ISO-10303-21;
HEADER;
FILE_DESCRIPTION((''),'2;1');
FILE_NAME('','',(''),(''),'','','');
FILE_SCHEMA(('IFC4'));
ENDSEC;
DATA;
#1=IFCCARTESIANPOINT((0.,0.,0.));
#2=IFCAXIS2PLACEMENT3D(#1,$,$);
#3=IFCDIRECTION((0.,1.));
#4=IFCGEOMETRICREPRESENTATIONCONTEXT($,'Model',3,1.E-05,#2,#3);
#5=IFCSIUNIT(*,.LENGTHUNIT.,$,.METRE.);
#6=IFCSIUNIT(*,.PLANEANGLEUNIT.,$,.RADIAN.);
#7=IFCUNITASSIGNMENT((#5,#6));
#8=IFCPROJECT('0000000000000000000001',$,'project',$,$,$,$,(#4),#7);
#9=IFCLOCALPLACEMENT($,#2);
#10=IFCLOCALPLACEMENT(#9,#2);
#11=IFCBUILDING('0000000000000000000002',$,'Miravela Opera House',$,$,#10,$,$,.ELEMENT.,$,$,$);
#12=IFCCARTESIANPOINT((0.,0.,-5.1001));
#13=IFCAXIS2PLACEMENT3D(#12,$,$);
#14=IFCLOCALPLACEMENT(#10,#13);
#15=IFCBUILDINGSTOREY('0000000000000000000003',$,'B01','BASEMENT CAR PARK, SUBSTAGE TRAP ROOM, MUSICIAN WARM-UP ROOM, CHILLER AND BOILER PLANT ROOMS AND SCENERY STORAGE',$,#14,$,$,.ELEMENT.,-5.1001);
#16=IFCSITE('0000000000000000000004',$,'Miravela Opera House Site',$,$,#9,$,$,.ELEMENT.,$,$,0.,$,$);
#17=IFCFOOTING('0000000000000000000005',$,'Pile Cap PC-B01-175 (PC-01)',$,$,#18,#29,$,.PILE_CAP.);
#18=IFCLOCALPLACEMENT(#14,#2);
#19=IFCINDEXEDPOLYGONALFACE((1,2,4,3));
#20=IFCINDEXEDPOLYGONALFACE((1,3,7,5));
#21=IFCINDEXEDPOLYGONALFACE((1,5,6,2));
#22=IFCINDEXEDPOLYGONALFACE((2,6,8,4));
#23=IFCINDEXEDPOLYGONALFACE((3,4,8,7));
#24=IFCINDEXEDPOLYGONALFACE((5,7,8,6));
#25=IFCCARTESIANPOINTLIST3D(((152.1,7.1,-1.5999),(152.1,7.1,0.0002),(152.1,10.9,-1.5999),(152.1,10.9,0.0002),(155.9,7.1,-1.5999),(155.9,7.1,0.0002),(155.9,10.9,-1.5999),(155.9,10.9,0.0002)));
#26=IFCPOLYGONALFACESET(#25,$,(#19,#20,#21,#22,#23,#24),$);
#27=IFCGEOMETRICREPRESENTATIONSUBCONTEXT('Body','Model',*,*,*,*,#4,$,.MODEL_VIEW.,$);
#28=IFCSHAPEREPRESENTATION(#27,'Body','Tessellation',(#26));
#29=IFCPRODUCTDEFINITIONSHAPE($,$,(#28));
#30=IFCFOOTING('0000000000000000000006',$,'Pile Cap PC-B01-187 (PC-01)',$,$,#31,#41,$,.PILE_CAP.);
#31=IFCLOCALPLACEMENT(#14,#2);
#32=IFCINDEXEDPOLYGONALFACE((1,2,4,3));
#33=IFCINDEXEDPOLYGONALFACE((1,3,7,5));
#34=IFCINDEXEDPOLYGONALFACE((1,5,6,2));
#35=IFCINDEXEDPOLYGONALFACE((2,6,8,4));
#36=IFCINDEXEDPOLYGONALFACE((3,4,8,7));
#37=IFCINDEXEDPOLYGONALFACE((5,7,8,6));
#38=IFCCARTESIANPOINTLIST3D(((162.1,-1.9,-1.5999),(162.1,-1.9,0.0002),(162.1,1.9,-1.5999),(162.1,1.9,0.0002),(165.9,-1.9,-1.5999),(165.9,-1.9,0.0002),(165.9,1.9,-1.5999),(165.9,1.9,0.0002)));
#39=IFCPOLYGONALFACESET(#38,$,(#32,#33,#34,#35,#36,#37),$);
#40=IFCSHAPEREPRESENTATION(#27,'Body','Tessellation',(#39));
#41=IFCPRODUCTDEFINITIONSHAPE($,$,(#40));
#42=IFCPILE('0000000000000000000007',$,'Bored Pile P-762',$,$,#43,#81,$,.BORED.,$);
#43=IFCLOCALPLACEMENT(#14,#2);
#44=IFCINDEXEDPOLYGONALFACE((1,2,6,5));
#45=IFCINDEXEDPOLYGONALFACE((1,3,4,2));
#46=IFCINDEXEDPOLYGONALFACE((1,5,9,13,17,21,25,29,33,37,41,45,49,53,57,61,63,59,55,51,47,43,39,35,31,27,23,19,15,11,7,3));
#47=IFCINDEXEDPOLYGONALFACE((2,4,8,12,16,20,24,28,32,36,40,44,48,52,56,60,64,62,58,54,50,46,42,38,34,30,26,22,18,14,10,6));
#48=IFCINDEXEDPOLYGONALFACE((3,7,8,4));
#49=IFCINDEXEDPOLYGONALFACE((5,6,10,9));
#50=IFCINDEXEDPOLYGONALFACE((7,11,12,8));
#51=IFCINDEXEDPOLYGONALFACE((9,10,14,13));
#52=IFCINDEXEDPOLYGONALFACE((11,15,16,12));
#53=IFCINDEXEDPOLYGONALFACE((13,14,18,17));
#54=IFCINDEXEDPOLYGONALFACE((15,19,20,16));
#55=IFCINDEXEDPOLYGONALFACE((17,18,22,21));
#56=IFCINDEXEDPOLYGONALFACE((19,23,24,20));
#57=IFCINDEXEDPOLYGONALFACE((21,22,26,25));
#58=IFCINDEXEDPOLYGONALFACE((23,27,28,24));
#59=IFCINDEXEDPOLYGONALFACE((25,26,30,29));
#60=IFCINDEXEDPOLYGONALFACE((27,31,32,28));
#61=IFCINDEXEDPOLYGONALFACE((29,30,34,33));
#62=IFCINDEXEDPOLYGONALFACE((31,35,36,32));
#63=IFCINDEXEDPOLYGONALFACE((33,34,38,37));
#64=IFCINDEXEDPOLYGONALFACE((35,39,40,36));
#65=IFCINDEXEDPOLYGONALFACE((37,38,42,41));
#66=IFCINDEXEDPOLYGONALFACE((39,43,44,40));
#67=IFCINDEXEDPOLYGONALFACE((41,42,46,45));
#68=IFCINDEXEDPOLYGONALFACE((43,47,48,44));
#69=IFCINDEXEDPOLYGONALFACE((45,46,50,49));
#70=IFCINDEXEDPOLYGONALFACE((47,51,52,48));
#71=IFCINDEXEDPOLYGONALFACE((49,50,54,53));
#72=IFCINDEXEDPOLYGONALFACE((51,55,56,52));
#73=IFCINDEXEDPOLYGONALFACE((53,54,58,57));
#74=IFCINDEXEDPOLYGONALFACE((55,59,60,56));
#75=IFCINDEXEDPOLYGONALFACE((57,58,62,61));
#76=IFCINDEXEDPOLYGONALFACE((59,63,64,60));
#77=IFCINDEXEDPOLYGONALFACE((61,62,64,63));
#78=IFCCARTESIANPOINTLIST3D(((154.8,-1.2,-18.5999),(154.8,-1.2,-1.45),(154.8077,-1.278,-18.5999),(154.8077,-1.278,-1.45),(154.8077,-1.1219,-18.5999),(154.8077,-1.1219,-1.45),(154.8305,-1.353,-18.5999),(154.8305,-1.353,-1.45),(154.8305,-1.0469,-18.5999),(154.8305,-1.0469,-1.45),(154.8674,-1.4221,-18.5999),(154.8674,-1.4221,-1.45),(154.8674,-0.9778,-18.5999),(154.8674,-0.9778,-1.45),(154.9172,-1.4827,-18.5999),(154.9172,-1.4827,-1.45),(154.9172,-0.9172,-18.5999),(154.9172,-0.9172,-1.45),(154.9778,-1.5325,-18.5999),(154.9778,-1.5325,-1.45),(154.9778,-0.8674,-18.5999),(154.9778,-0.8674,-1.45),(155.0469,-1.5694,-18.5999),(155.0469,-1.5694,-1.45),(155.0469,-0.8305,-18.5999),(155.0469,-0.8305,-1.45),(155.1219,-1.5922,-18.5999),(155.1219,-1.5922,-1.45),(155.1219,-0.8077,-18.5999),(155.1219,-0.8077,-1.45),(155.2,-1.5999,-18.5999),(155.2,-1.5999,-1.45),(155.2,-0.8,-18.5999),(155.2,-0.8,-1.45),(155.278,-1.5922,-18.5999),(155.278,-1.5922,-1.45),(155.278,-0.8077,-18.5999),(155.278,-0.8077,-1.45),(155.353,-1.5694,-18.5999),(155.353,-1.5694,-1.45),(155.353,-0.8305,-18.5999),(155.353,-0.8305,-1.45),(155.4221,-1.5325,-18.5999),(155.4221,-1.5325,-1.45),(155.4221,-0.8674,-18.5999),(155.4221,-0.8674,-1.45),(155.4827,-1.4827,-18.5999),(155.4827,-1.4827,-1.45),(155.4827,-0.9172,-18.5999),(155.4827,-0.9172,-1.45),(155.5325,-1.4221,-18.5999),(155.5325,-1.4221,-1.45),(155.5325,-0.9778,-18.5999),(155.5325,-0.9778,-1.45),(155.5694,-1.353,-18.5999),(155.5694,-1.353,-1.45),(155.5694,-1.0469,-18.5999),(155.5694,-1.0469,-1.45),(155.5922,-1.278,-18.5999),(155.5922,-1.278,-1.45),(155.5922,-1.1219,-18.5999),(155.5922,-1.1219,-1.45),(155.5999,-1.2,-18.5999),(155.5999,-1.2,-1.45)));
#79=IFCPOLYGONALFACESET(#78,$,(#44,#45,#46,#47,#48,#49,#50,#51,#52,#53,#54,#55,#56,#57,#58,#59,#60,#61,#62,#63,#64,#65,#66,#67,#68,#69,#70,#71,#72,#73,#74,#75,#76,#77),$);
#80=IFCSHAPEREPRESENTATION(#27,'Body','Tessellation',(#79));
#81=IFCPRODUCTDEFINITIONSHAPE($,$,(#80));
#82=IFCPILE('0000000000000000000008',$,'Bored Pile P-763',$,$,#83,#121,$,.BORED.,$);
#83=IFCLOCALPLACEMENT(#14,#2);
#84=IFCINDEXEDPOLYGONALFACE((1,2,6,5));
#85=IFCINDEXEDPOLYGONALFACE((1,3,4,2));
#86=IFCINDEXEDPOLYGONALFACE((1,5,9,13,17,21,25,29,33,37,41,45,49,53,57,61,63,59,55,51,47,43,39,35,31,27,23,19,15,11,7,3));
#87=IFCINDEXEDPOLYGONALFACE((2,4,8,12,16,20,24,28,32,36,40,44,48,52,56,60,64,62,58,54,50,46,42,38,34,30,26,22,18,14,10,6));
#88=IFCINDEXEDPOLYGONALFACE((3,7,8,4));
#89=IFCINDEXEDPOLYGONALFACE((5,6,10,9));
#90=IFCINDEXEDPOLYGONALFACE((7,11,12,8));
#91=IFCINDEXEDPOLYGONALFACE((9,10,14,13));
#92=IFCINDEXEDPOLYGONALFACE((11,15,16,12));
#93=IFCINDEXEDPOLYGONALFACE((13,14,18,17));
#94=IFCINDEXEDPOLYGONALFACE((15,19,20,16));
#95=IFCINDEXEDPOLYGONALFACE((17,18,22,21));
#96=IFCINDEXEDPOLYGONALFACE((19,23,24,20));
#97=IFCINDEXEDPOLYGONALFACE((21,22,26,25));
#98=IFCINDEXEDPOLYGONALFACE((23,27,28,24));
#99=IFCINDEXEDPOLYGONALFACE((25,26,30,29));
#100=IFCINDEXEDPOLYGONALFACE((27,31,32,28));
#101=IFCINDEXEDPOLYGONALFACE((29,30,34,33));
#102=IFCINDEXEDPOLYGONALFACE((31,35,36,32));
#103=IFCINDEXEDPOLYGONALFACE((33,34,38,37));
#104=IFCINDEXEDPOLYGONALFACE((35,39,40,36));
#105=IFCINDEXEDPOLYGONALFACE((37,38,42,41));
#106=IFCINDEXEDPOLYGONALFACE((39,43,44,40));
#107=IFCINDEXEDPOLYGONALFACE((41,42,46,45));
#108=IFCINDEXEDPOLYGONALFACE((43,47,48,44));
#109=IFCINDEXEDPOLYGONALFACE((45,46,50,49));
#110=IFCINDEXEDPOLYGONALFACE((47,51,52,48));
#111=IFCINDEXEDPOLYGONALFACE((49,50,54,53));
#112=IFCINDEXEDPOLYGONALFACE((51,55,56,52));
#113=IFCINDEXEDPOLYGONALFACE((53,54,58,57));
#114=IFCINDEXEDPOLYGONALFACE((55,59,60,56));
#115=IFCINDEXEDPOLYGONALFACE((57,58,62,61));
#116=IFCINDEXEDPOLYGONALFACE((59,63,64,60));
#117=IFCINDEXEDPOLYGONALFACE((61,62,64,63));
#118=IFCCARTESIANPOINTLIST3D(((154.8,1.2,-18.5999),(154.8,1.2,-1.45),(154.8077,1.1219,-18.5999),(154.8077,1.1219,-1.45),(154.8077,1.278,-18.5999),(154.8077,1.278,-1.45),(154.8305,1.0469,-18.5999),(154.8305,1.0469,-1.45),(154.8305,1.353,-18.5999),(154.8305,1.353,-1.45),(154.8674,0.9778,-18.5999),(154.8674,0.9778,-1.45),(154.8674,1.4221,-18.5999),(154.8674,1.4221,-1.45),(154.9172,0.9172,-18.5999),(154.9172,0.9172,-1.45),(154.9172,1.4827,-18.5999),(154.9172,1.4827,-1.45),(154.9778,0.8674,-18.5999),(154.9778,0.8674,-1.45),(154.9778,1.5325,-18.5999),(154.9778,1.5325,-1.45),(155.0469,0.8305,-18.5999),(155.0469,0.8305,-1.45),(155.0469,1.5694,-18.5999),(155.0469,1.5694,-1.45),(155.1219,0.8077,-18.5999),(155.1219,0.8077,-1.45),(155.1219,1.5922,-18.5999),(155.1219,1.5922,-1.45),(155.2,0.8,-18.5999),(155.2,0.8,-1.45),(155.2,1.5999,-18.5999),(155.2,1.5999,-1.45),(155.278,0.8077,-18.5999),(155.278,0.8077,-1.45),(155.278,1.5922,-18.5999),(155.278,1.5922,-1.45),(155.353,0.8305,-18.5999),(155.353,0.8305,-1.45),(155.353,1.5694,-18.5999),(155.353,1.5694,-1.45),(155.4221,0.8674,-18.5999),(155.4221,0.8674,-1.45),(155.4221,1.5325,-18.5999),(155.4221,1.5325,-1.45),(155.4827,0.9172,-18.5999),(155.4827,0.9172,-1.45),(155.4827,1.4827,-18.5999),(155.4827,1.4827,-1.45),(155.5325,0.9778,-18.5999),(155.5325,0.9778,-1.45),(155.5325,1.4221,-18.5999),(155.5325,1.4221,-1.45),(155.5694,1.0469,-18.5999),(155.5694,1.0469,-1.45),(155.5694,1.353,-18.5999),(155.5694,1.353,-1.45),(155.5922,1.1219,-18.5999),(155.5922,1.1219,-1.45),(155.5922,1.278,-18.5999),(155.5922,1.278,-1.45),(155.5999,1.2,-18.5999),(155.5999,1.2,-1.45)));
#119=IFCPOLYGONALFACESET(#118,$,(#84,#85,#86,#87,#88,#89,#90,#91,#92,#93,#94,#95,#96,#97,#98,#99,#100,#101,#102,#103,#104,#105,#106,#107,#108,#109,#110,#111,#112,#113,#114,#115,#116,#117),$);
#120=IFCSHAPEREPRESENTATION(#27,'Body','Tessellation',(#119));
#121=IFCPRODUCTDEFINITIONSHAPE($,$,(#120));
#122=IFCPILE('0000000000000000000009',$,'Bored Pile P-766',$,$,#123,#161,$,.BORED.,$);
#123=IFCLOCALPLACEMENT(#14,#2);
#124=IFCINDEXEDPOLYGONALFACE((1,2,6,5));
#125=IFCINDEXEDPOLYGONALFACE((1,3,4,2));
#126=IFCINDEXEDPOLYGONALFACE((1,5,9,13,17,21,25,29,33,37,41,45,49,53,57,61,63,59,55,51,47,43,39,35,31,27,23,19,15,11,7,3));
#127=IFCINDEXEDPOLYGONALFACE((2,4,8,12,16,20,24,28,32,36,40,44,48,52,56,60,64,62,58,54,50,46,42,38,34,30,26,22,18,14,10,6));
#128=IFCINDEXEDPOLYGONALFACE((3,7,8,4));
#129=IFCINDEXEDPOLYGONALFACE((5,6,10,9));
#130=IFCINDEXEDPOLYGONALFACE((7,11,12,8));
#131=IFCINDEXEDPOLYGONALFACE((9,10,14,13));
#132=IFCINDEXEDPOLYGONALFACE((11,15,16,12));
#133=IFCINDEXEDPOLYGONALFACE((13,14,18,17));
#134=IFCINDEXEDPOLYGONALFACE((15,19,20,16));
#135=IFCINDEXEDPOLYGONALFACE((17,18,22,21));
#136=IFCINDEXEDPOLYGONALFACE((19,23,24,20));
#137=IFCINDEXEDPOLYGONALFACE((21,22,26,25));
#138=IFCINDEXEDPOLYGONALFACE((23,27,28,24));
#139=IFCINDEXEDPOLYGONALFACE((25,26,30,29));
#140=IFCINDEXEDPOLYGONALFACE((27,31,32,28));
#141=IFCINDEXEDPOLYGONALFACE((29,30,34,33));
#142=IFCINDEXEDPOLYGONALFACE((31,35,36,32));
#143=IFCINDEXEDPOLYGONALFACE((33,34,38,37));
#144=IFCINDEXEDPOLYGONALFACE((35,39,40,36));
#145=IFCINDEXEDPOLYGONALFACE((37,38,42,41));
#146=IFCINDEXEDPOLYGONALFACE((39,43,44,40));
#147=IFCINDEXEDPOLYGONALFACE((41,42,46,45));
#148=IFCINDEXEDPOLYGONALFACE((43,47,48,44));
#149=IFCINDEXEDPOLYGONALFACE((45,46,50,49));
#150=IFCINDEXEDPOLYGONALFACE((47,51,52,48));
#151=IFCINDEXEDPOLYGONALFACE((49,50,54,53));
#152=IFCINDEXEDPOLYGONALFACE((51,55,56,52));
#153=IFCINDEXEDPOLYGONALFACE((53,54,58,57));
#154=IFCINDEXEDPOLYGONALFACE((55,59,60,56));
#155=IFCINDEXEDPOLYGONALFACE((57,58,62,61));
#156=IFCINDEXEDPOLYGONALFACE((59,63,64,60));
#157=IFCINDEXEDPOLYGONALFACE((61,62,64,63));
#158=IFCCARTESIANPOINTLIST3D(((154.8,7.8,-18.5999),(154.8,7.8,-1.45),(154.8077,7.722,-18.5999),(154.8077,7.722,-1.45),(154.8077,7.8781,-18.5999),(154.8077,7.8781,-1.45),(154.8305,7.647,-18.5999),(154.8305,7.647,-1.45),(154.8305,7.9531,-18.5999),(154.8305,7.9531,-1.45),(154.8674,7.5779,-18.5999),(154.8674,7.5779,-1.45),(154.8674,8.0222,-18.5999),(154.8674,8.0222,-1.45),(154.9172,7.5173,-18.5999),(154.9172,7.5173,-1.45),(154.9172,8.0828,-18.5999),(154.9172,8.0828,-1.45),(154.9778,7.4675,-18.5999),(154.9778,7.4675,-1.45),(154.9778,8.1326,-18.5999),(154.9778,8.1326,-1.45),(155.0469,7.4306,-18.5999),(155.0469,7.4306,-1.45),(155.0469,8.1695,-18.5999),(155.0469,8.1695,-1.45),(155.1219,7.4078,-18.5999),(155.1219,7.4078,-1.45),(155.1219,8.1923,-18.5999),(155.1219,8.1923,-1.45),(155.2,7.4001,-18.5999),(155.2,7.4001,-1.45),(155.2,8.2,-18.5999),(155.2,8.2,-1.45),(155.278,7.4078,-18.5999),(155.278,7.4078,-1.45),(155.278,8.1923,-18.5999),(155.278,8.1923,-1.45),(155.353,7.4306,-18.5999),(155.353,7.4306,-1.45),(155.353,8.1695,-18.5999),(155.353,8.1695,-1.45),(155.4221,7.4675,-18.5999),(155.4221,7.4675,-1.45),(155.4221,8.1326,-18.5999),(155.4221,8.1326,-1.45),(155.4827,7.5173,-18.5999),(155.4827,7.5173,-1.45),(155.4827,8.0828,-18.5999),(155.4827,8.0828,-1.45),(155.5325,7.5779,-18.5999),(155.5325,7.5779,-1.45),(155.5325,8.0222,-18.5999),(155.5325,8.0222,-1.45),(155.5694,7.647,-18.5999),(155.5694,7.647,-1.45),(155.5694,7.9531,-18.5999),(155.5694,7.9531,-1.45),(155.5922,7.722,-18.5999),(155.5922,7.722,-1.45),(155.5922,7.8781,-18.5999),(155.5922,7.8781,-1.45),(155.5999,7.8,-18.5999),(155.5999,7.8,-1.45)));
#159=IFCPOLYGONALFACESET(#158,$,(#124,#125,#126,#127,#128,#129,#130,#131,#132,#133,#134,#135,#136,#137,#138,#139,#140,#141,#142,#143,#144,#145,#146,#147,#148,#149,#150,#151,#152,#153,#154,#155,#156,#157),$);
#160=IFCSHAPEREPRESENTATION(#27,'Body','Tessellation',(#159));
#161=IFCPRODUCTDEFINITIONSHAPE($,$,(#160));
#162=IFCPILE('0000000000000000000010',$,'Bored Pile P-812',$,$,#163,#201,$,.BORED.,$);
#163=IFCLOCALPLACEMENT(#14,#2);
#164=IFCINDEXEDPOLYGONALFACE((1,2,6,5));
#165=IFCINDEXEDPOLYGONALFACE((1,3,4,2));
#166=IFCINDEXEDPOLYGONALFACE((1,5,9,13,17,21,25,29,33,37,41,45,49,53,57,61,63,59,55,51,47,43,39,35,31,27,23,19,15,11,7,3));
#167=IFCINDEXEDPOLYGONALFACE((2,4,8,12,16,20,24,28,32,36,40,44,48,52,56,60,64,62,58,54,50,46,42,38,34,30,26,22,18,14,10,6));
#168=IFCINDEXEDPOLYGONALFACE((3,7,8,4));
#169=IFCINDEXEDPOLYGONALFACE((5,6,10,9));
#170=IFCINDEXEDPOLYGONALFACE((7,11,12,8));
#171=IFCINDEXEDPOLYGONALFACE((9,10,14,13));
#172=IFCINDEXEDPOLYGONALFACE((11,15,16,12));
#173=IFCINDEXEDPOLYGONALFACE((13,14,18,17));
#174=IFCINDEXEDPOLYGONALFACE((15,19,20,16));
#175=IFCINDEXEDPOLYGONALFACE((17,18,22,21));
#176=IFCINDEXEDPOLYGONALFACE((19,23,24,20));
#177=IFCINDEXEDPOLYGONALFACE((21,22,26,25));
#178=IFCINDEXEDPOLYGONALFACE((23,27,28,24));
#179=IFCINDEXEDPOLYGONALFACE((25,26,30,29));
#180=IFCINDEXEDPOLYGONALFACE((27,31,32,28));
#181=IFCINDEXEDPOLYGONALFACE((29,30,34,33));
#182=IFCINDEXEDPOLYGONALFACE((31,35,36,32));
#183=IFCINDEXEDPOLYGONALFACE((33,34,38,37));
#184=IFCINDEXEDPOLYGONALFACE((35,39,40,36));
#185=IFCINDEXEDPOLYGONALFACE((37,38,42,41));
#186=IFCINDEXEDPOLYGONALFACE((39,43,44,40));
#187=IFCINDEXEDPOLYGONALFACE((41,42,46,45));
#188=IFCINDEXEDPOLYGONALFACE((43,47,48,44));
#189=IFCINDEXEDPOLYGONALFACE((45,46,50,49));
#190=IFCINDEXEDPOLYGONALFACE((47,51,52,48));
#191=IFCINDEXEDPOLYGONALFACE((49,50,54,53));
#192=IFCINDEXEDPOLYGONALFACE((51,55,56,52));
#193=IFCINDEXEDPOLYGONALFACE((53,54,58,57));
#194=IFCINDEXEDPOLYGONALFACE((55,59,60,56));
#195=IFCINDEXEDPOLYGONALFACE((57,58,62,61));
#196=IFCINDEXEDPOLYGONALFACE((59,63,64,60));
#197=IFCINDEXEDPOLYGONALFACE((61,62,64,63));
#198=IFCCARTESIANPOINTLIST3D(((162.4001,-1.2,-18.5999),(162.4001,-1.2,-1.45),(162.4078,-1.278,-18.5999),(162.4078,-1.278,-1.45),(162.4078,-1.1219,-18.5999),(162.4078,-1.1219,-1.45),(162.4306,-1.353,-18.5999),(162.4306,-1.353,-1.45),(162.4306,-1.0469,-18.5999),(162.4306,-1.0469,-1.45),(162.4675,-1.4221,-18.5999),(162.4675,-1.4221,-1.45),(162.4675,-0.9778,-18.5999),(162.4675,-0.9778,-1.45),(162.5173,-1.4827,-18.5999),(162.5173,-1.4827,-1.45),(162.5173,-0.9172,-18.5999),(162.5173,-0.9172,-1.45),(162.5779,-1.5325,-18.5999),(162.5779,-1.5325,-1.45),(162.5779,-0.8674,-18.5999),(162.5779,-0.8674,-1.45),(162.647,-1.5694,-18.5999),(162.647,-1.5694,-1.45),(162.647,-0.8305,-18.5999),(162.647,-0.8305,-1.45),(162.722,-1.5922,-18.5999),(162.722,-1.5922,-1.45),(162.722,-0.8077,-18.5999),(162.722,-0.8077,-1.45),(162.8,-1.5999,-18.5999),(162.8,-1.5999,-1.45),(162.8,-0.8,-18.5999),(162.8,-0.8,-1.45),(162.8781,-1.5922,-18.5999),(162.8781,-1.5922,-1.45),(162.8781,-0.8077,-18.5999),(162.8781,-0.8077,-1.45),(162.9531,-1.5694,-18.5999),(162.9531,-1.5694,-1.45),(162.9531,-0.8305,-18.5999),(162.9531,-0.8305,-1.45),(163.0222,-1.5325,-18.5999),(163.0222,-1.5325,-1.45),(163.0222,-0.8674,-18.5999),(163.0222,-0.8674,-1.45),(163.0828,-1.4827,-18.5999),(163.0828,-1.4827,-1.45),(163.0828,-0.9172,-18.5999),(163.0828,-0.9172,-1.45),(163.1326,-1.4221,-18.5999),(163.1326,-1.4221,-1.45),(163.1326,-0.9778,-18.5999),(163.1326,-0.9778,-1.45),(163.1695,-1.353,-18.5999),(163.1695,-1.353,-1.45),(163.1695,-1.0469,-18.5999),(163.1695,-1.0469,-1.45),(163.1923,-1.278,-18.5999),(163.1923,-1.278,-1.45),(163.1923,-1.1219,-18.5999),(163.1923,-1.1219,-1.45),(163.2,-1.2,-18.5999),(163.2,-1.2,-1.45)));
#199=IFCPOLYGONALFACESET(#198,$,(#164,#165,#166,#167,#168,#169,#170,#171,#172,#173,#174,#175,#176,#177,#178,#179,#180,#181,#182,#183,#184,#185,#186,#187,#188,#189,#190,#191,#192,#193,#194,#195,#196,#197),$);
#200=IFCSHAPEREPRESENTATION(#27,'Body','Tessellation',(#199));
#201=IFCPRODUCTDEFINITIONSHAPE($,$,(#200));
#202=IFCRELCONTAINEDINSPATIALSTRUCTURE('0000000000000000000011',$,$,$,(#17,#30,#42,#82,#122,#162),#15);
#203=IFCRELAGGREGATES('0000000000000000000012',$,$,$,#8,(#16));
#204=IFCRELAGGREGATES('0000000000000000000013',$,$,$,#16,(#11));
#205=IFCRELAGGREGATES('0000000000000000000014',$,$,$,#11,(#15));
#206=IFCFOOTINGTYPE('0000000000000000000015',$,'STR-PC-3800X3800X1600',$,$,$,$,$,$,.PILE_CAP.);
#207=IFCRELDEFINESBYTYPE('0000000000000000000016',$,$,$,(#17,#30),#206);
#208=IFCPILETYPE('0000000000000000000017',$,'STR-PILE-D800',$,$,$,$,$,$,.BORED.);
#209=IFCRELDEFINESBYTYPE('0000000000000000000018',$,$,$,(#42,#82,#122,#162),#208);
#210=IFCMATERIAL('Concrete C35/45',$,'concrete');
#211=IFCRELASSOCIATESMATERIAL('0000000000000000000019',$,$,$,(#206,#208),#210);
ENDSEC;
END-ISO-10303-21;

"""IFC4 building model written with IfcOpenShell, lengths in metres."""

from ifc_helpers import new_model, si_unit, direction, frame, origin, origin_2d, place, context, subcontext, project, spatial, rectangle, circle, extrude, material, material_profile, profile_set, type_object, element, save


model = new_model("IFC4")

# Units and contexts
model_context = context("Model", 3, precision=1e-05, world=origin(), true_north=direction((0.0, 1.0)))
body_context = subcontext(model_context, "Body", "Model", "MODEL_VIEW")
ifc_project = project(units=[si_unit("LENGTHUNIT", "METRE"), si_unit("PLANEANGLEUNIT", "RADIAN")], contexts=[model_context])

# Site, building, storey
site_placement = place(None, origin())
site = spatial("IfcSite", under=ifc_project, at=site_placement, Name="Miravela Opera House Site", CompositionType="ELEMENT", RefElevation=0.0)
building_placement = place(site_placement, origin())
building = spatial("IfcBuilding", under=site, at=building_placement, Name="Miravela Opera House", CompositionType="ELEMENT")
storey_placement = place(building_placement, frame((0.0, 0.0, -5.1001)))
storey = spatial("IfcBuildingStorey", under=building, at=storey_placement, Name="B01", Description="BASEMENT CAR PARK, SUBSTAGE TRAP ROOM, MUSICIAN WARM-UP ROOM, CHILLER AND BOILER PLANT ROOMS AND SCENERY STORAGE", CompositionType="ELEMENT", Elevation=-5.1001)

# Footings
ifc_material_1 = material(Name="Concrete C35/45", Category="concrete")
footing_type = type_object("IfcFootingType", Name="STR-PC-3800X3800X1600", PredefinedType="PILE_CAP", material=ifc_material_1)
for number, where, z_axis, x_axis, name in (
    (1, (154.0, 9.0, -1.5999), (0.0, 0.0, 1.0), (1.0, 0.0, 0.0), "Pile Cap PC-B01-175 (PC-01)"),
    (2, (164.0, 0.0, -1.5999), (0.0, 0.0, 1.0), (1.0, 0.0, 0.0), "Pile Cap PC-B01-187 (PC-01)"),
):
    element("IfcFooting", number, at=place(storey_placement, frame(where, z_axis=z_axis, x_axis=x_axis)), inside=storey, type_object=footing_type, Name=name, PredefinedType="PILE_CAP", context=body_context, shape_type="SweptSolid", body=[
        extrude(rectangle(XDim=3.8, YDim=3.8, at=origin_2d()), origin(), (0.0, 0.0, 1.0), 1.6001),
    ])

# Piles
ifc_material_profile_1 = material_profile(ifc_material_1, circle(Radius=0.3999, at=origin_2d()), Name="PILE-D800")
ifc_profile_set_1 = profile_set([ifc_material_profile_1])
pile_type = type_object("IfcPileType", Name="STR-PILE-D800", PredefinedType="BORED", material=ifc_profile_set_1)
for number, where, z_axis, x_axis, name in (
    (3, (155.2, -1.2, -1.45), (0.0, 0.0, -1.0), (1.0, 0.0, 0.0), "Bored Pile P-762"),
    (4, (155.2, 1.2, -1.45), (0.0, 0.0, -1.0), (1.0, 0.0, 0.0), "Bored Pile P-763"),
    (5, (155.2, 7.8, -1.45), (0.0, 0.0, -1.0), (1.0, 0.0, 0.0), "Bored Pile P-766"),
    (6, (162.8, -1.2, -1.45), (0.0, 0.0, -1.0), (1.0, 0.0, 0.0), "Bored Pile P-812"),
):
    element("IfcPile", number, at=place(storey_placement, frame(where, z_axis=z_axis, x_axis=x_axis)), inside=storey, type_object=pile_type, Name=name, PredefinedType="BORED", context=body_context, shape_type="SweptSolid", body=[
        extrude(circle(Radius=0.3999, at=origin_2d()), origin(), (0.0, 0.0, 1.0), 17.1499),
    ])

save(model, "model.ifc")
